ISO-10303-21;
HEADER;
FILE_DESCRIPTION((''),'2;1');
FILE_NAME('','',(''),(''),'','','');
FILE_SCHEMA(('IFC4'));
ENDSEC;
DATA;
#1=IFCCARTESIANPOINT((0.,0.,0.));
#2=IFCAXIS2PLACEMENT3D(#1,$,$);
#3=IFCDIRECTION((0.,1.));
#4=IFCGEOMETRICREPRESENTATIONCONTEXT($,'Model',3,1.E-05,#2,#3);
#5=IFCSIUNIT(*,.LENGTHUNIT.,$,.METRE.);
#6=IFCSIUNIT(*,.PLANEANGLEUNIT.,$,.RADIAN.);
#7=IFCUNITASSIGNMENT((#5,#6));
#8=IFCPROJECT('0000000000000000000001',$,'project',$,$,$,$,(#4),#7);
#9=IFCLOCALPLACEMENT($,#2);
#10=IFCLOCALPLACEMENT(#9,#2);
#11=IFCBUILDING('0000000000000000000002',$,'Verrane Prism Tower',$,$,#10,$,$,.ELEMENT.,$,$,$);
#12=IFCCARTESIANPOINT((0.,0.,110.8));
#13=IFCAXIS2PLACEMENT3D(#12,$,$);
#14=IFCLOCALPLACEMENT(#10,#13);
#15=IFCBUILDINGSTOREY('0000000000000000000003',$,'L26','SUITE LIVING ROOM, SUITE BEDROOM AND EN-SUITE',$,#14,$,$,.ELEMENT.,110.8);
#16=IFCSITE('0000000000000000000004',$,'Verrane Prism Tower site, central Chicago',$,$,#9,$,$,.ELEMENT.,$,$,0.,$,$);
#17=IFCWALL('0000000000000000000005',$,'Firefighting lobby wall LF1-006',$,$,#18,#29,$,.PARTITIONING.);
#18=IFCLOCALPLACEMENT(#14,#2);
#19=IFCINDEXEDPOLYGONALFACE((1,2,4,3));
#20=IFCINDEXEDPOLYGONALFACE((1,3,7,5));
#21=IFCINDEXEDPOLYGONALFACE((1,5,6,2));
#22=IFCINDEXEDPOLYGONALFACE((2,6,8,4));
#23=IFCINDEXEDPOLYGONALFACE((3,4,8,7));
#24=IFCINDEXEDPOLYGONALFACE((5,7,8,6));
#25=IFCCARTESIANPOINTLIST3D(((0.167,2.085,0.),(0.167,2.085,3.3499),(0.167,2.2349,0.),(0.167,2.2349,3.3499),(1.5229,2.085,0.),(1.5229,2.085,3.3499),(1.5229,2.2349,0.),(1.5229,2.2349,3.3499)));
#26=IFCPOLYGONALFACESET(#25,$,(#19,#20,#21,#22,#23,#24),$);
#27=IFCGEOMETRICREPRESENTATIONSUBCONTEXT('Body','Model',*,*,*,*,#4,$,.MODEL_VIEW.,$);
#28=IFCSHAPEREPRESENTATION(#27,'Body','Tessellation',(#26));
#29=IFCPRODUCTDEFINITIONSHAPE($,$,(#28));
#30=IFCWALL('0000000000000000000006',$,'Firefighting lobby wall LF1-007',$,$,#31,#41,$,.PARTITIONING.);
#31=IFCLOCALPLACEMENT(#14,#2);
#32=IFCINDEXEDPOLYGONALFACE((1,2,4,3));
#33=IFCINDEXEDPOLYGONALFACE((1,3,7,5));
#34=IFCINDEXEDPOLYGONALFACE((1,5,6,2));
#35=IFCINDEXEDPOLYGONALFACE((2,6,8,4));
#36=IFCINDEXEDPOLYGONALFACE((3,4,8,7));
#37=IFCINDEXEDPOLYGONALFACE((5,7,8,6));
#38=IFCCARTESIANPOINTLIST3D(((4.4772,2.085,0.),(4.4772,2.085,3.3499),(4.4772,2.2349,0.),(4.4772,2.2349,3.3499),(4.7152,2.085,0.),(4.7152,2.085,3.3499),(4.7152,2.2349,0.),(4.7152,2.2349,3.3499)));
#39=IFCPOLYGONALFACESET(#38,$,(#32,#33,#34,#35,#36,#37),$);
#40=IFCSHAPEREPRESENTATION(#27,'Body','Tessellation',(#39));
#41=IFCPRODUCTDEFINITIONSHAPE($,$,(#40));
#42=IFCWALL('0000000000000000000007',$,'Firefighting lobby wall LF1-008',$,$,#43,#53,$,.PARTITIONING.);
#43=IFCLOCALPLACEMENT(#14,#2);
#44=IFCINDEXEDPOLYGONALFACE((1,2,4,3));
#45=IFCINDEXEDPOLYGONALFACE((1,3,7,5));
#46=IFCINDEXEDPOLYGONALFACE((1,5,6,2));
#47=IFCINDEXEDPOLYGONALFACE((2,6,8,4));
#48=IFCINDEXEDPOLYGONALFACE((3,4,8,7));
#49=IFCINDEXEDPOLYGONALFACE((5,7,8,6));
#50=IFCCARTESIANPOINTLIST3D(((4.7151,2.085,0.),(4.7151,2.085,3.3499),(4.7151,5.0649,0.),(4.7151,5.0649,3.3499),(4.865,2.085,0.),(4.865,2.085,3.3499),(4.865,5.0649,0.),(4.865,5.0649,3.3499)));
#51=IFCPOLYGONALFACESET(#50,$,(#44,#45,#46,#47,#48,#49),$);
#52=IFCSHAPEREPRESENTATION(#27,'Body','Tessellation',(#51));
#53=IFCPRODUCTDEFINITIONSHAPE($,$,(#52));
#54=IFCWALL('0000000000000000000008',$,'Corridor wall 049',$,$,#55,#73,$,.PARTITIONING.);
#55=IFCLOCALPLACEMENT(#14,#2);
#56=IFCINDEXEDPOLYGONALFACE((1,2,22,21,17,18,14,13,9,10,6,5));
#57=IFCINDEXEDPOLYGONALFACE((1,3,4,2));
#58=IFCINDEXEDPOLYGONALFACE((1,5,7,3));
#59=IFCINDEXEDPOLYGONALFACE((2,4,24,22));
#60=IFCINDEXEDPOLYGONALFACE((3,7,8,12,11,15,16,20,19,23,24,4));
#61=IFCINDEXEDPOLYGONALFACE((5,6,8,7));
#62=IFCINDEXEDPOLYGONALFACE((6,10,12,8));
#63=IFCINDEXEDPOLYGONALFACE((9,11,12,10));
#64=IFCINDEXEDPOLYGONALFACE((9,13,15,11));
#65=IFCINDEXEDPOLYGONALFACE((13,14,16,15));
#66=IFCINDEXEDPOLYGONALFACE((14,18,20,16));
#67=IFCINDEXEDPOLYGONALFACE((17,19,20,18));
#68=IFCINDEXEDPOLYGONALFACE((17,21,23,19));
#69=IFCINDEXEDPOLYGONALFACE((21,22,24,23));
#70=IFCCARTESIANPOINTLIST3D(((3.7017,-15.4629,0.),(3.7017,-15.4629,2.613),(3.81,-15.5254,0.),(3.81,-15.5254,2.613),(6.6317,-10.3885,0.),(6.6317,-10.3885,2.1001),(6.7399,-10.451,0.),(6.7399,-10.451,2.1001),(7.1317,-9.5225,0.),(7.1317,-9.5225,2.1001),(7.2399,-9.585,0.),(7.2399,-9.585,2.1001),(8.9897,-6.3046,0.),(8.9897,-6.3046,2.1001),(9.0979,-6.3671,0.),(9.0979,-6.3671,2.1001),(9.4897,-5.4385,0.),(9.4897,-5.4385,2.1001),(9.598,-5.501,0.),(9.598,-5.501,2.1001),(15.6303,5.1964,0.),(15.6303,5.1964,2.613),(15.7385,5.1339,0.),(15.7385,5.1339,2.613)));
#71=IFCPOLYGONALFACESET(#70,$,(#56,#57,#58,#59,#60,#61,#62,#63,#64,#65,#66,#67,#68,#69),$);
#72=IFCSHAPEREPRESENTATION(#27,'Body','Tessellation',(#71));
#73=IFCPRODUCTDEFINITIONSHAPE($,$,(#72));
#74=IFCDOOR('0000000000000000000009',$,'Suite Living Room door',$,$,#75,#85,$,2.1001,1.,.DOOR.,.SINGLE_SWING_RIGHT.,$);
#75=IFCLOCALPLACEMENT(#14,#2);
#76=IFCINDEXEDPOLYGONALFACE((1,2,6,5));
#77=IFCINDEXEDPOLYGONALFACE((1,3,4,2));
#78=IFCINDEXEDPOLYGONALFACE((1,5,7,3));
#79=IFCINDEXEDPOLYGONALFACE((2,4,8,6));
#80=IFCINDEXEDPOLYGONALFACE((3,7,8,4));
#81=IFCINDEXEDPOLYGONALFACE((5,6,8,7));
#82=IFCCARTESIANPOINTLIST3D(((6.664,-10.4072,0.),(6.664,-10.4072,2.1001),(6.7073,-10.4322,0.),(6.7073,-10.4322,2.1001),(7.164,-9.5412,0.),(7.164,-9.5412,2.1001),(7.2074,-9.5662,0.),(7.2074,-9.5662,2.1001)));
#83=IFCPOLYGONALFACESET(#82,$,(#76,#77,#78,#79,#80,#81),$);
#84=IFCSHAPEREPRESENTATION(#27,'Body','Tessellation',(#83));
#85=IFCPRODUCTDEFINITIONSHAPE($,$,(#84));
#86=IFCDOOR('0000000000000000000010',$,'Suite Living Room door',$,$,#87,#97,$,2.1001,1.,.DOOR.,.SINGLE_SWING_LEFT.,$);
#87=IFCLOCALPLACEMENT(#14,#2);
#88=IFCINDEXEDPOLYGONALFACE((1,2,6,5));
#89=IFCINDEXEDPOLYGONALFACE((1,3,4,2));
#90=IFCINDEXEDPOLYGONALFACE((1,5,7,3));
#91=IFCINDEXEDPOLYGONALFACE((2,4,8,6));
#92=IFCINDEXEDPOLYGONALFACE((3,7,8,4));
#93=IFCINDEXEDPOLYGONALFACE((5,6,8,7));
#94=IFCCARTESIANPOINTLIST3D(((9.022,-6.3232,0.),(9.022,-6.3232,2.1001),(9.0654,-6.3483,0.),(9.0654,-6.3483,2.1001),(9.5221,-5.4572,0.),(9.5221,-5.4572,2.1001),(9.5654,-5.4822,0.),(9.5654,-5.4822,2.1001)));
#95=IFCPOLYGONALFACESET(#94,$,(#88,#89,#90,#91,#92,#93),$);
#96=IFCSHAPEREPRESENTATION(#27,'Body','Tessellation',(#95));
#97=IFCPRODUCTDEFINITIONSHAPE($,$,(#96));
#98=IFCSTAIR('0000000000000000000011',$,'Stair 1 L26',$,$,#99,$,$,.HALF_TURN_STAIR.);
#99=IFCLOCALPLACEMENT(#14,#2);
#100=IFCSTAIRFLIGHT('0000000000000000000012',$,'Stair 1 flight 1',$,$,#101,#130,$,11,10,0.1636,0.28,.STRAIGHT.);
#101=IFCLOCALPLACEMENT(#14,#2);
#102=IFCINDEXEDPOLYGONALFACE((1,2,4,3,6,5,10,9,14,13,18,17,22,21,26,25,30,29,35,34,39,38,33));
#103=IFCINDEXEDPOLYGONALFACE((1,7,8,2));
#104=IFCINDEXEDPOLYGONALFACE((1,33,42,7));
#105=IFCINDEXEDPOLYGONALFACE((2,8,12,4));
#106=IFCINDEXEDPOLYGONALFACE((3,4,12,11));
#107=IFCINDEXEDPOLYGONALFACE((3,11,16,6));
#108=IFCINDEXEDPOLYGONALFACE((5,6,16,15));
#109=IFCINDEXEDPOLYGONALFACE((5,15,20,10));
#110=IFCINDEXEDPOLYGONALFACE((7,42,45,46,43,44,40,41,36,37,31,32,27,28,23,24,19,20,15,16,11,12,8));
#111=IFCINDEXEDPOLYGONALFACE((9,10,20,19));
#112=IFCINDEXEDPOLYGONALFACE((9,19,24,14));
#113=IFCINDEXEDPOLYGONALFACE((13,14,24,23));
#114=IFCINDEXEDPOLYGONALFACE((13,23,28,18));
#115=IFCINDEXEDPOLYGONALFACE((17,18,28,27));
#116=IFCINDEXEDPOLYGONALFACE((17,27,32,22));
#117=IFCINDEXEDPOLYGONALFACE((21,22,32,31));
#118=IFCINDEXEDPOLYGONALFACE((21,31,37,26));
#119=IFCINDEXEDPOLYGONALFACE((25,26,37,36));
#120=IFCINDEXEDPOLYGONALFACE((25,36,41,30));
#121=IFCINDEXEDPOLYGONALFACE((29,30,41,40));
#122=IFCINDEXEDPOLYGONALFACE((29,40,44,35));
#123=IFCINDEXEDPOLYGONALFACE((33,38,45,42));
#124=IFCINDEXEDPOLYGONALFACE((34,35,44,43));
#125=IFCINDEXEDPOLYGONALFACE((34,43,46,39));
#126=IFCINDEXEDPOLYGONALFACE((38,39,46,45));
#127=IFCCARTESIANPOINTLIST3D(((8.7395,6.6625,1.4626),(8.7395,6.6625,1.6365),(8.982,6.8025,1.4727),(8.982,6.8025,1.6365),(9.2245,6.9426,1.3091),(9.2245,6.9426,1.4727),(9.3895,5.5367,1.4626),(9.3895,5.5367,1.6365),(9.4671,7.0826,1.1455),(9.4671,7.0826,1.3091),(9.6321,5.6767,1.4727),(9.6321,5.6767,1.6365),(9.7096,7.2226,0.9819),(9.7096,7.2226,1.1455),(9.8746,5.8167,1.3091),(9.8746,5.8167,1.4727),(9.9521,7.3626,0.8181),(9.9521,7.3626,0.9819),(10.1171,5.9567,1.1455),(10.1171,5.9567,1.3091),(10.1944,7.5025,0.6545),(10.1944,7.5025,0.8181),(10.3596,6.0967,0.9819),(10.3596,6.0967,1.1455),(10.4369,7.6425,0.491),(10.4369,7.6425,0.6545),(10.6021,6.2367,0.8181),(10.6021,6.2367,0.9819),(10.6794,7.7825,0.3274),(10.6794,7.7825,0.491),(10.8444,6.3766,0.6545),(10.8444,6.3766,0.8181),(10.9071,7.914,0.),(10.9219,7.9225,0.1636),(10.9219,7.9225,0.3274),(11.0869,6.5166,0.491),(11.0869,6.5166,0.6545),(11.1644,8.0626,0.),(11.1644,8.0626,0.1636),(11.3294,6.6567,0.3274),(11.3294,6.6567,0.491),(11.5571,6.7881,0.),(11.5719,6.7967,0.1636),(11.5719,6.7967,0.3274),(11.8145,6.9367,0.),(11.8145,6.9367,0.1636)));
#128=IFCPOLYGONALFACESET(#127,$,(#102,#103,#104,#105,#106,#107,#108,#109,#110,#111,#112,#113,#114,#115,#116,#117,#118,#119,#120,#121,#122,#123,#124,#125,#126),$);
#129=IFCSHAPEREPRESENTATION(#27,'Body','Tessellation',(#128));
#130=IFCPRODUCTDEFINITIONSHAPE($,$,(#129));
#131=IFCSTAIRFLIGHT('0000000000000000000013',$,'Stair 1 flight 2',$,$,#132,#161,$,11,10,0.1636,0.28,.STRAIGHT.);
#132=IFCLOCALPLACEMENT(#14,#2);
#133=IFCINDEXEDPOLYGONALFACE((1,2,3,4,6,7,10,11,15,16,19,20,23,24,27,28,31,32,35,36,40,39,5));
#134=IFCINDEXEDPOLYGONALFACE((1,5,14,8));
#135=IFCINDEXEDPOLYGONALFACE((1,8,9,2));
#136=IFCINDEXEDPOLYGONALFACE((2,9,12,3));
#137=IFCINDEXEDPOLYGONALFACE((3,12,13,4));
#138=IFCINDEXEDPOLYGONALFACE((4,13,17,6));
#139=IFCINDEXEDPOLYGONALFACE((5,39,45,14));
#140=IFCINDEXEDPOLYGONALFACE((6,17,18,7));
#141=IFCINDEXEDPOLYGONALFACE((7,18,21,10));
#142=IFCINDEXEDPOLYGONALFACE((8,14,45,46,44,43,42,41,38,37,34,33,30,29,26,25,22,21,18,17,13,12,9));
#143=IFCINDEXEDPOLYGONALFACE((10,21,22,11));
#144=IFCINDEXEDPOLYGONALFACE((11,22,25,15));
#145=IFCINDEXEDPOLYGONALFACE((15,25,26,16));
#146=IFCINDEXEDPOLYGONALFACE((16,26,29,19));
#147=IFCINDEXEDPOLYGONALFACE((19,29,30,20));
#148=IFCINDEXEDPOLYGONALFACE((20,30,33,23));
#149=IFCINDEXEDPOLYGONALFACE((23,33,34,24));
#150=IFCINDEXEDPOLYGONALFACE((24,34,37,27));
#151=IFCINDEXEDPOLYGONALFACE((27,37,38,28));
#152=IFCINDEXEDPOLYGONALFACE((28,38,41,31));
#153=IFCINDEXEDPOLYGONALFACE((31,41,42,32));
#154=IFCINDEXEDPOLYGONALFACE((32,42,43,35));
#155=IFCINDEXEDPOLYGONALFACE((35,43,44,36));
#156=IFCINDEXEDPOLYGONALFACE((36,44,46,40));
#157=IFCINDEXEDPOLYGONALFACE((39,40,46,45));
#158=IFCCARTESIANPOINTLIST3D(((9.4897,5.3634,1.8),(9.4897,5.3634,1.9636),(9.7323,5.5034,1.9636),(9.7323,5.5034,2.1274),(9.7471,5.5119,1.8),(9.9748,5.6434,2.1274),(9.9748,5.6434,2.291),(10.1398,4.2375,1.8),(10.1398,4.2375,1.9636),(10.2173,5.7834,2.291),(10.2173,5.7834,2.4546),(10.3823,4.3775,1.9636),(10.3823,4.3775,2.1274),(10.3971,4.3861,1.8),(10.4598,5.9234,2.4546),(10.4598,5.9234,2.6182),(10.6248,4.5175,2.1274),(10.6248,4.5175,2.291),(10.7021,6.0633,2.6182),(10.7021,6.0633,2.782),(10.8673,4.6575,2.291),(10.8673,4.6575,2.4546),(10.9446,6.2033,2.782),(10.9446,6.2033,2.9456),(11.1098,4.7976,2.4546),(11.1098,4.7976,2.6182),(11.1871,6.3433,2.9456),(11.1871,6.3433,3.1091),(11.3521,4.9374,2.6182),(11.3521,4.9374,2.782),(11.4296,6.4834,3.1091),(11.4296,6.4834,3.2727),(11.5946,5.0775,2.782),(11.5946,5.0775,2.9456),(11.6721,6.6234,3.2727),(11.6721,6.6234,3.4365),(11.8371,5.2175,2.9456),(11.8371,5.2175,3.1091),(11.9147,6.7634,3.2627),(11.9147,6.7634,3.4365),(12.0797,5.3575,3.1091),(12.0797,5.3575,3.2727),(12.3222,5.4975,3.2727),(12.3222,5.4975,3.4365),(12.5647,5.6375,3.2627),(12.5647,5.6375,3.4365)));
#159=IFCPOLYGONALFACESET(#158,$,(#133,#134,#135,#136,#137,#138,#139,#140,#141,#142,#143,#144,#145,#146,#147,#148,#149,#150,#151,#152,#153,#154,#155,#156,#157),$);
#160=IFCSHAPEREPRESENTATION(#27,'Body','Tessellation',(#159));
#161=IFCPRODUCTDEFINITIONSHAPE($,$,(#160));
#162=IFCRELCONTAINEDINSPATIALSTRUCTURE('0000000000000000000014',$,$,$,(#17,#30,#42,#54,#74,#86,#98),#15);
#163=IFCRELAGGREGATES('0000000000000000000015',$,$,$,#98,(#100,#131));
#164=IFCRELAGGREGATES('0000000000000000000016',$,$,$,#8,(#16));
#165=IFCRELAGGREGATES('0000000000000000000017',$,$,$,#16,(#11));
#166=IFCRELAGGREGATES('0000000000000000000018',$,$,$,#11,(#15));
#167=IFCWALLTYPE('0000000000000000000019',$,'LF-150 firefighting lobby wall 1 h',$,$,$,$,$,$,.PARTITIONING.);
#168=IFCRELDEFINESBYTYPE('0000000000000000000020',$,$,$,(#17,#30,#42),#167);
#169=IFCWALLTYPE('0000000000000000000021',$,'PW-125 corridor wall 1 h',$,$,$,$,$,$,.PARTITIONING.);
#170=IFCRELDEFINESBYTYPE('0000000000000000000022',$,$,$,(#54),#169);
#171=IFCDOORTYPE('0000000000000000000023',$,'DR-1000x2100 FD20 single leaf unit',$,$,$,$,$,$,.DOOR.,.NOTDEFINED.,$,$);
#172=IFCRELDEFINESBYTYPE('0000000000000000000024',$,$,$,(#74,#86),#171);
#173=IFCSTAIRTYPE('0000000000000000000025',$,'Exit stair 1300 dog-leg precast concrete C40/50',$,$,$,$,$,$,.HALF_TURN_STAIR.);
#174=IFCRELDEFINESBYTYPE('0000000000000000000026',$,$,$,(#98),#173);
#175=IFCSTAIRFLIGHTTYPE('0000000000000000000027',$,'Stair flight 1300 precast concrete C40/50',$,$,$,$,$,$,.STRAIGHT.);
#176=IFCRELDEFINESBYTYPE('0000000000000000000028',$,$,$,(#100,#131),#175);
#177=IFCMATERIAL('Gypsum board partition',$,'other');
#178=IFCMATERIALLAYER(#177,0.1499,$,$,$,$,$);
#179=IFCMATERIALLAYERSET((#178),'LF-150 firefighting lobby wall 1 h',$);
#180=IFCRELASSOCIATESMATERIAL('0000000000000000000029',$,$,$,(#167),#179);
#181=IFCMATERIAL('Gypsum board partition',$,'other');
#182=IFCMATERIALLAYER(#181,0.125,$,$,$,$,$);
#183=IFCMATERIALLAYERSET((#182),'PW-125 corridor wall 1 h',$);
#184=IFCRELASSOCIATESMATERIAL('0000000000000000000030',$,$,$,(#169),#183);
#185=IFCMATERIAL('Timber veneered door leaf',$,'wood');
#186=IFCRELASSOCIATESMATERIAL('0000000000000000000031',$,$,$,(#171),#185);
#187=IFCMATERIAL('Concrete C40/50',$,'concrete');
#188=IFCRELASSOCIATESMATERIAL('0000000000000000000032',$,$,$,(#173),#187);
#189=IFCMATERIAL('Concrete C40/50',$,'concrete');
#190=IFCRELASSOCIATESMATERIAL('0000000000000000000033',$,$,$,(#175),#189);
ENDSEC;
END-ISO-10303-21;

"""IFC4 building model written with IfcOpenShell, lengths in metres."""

from ifc_helpers import new_model, si_unit, direction, frame, frame_2d, origin, place, context, subcontext, project, spatial, polyline, rectangle, outline, extrude, material, layer, layer_set, type_object, element, fill, aggregate, save


model = new_model("IFC4")

# Units and contexts
model_context = context("Model", 3, precision=1e-05, world=origin(), true_north=direction((0.0, 1.0)))
body_context = subcontext(model_context, "Body", "Model", "MODEL_VIEW")
ifc_project = project(units=[si_unit("LENGTHUNIT", "METRE"), si_unit("PLANEANGLEUNIT", "RADIAN")], contexts=[model_context])

# Site, building, storey
site_placement = place(None, origin())
site = spatial("IfcSite", under=ifc_project, at=site_placement, Name="Verrane Prism Tower site, central Chicago", CompositionType="ELEMENT", RefElevation=0.0)
building_placement = place(site_placement, origin())
building = spatial("IfcBuilding", under=site, at=building_placement, Name="Verrane Prism Tower", CompositionType="ELEMENT")
storey_placement = place(building_placement, frame((0.0, 0.0, 110.8)))
storey = spatial("IfcBuildingStorey", under=building, at=storey_placement, Name="L26", Description="SUITE LIVING ROOM, SUITE BEDROOM AND EN-SUITE", CompositionType="ELEMENT", Elevation=110.8)

# Walls
ifc_material_1 = material(Name="Gypsum board partition", Category="other")
ifc_layer_1 = layer(ifc_material_1, 0.1499)
ifc_layer_set_1 = layer_set([ifc_layer_1], Name="LF-150 firefighting lobby wall 1 h")
wall_type_1 = type_object("IfcWallType", Name="LF-150 firefighting lobby wall 1 h", PredefinedType="PARTITIONING", material=ifc_layer_set_1)
wall_1_placement = place(storey_placement, frame((0.167, 2.1599, 0.0), z_axis=(0.0, 0.0, 1.0), x_axis=(1.0, 0.0, 0.0)))
element("IfcWall", 1, at=wall_1_placement, inside=storey, type_object=wall_type_1, Name="Firefighting lobby wall LF1-006", PredefinedType="PARTITIONING", context=body_context, shape_type="SweptSolid", body=[
    extrude(rectangle(XDim=1.356, YDim=0.1499, at=frame_2d((0.678, 0.0))), origin(), (0.0, 0.0, 1.0), 3.3499),
])
wall_2_placement = place(storey_placement, frame((4.4771, 2.1599, 0.0), z_axis=(0.0, 0.0, 1.0), x_axis=(1.0, 0.0, 0.0)))
element("IfcWall", 2, at=wall_2_placement, inside=storey, type_object=wall_type_1, Name="Firefighting lobby wall LF1-007", PredefinedType="PARTITIONING", context=body_context, shape_type="SweptSolid", body=[
    extrude(rectangle(XDim=0.238, YDim=0.1499, at=frame_2d((0.1191, 0.0))), origin(), (0.0, 0.0, 1.0), 3.3499),
])
wall_3_placement = place(storey_placement, frame((4.79, 2.085, 0.0), z_axis=(0.0, 0.0, 1.0), x_axis=(0.0, 1.0, 0.0)))
element("IfcWall", 3, at=wall_3_placement, inside=storey, type_object=wall_type_1, Name="Firefighting lobby wall LF1-008", PredefinedType="PARTITIONING", context=body_context, shape_type="SweptSolid", body=[
    extrude(rectangle(XDim=2.98, YDim=0.1499, at=frame_2d((1.49, 0.0))), origin(), (0.0, 0.0, 1.0), 3.3499),
])

# Wall, openings, doors
ifc_material_2 = material(Name="Gypsum board partition", Category="other")
ifc_layer_2 = layer(ifc_material_2, 0.125)
ifc_layer_set_2 = layer_set([ifc_layer_2], Name="PW-125 corridor wall 1 h")
wall_type_2 = type_object("IfcWallType", Name="PW-125 corridor wall 1 h", PredefinedType="PARTITIONING", material=ifc_layer_set_2)
wall_4_placement = place(storey_placement, frame((15.6843, 5.165, 0.0), z_axis=(0.0, 0.0, 1.0), x_axis=(-0.500028, -0.866009, 0.0)))
wall_4 = element("IfcWall", 4, at=wall_4_placement, inside=storey, type_object=wall_type_2, Name="Corridor wall 049", PredefinedType="PARTITIONING", context=body_context, shape_type="SweptSolid", body=[
    extrude(rectangle(XDim=23.8557, YDim=0.125, at=frame_2d((11.9277, 0.0))), origin(), (0.0, 0.0, 1.0), 2.613),
])
opening_1_placement = place(wall_4_placement, frame((16.9961, 0.0, 0.0)))
opening_1 = element("IfcOpeningElement", 5, at=opening_1_placement, cuts=wall_4, PredefinedType="OPENING", context=body_context, shape_type="SweptSolid", body=[
    extrude(rectangle(XDim=1.0, YDim=2.1001, at=frame_2d((0.5, 1.05))), frame((0.0, 0.0725, 0.0), z_axis=(0.0, -1.0, 0.0), x_axis=(1.0, 0.0, 0.0)), (0.0, 0.0, 1.0), 0.145),
])
opening_2_placement = place(wall_4_placement, frame((12.2803, 0.0, 0.0)))
opening_2 = element("IfcOpeningElement", 6, at=opening_2_placement, cuts=wall_4, PredefinedType="OPENING", context=body_context, shape_type="SweptSolid", body=[
    extrude(rectangle(XDim=1.0, YDim=2.1001, at=frame_2d((0.5, 1.05))), frame((0.0, 0.0725, 0.0), z_axis=(0.0, -1.0, 0.0), x_axis=(1.0, 0.0, 0.0)), (0.0, 0.0, 1.0), 0.145),
])
ifc_material_3 = material(Name="Timber veneered door leaf", Category="wood")
door_type_1 = type_object("IfcDoorType", Name="DR-1000x2100 FD20 single leaf unit", OperationType="NOTDEFINED", PredefinedType="DOOR", material=ifc_material_3)
door_1_placement = place(opening_1_placement, origin())
door_1 = element("IfcDoor", 7, at=door_1_placement, inside=storey, type_object=door_type_1, Name="Suite Living Room door", OperationType="SINGLE_SWING_RIGHT", OverallHeight=2.1001, OverallWidth=1.0, PredefinedType="DOOR", context=body_context, shape_type="SweptSolid", body=[
    extrude(rectangle(XDim=1.0, YDim=2.1001, at=frame_2d((0.5, 1.05))), frame((0.0, 0.0249, 0.0), z_axis=(0.0, -1.0, 0.0), x_axis=(1.0, 0.0, 0.0)), (0.0, 0.0, 1.0), 0.05),
])
fill(opening_1, door_1)
door_2_placement = place(opening_2_placement, origin())
door_2 = element("IfcDoor", 8, at=door_2_placement, inside=storey, type_object=door_type_1, Name="Suite Living Room door", OperationType="SINGLE_SWING_LEFT", OverallHeight=2.1001, OverallWidth=1.0, PredefinedType="DOOR", context=body_context, shape_type="SweptSolid", body=[
    extrude(rectangle(XDim=1.0, YDim=2.1001, at=frame_2d((0.5, 1.05))), frame((0.0, 0.0249, 0.0), z_axis=(0.0, -1.0, 0.0), x_axis=(1.0, 0.0, 0.0)), (0.0, 0.0, 1.0), 0.05),
])
fill(opening_2, door_2)

# Stair, stair flights
ifc_material_4 = material(Name="Concrete C40/50", Category="concrete")
stair_type = type_object("IfcStairType", Name="Exit stair 1300 dog-leg precast concrete C40/50", PredefinedType="HALF_TURN_STAIR", material=ifc_material_4)
stair_placement = place(storey_placement, origin())
stair = element("IfcStair", 9, at=stair_placement, inside=storey, type_object=stair_type, Name="Stair 1 L26", PredefinedType="HALF_TURN_STAIR")
ifc_material_5 = material(Name="Concrete C40/50", Category="concrete")
stair_flight_type = type_object("IfcStairFlightType", Name="Stair flight 1300 precast concrete C40/50", PredefinedType="STRAIGHT", material=ifc_material_5)
stair_flight_1_placement = place(storey_placement, frame((11.4895, 7.4995, 0.0), z_axis=(0.0, 0.0, 1.0), x_axis=(-0.866025, -0.5, 0.0)))
stair_flight_1 = element("IfcStairFlight", 10, at=stair_flight_1_placement, type_object=stair_flight_type, Name="Stair 1 flight 1", NumberOfRisers=11, NumberOfTreads=10, PredefinedType="STRAIGHT", RiserHeight=0.1636, TreadLength=0.28, context=body_context, shape_type="SweptSolid", body=[
    extrude(outline(polyline([(0.0, 0.0), (0.0, 0.1636), (0.28, 0.1636), (0.28, 0.3274), (0.5601, 0.3274), (0.5601, 0.491), (0.8401, 0.491), (0.8401, 0.6545), (1.1201, 0.6545), (1.1201, 0.8181), (1.3999, 0.8181), (1.3999, 0.9819), (1.6799, 0.9819), (1.6799, 1.1455), (1.96, 1.1455), (1.96, 1.3091), (2.24, 1.3091), (2.24, 1.4727), (2.52, 1.4727), (2.52, 1.6365), (2.8, 1.6365), (2.8, 1.8), (2.8, 1.4626), (0.2971, 0.0), (0.0, 0.0)])), frame((0.0, 0.6499, 0.0), z_axis=(0.0, -1.0, 0.0), x_axis=(1.0, 0.0, 0.0)), (0.0, 0.0, 1.0), 1.3),
])
stair_flight_2_placement = place(storey_placement, frame((9.8147, 4.8005, 1.8), z_axis=(0.0, 0.0, 1.0), x_axis=(0.866025, 0.5, 0.0)))
stair_flight_2 = element("IfcStairFlight", 11, at=stair_flight_2_placement, type_object=stair_flight_type, Name="Stair 1 flight 2", NumberOfRisers=11, NumberOfTreads=10, PredefinedType="STRAIGHT", RiserHeight=0.1636, TreadLength=0.28, context=body_context, shape_type="SweptSolid", body=[
    extrude(outline(polyline([(0.0, 0.0), (0.0, 0.1636), (0.28, 0.1636), (0.28, 0.3274), (0.5601, 0.3274), (0.5601, 0.491), (0.8401, 0.491), (0.8401, 0.6545), (1.1201, 0.6545), (1.1201, 0.8181), (1.3999, 0.8181), (1.3999, 0.9819), (1.6799, 0.9819), (1.6799, 1.1455), (1.96, 1.1455), (1.96, 1.3091), (2.24, 1.3091), (2.24, 1.4727), (2.52, 1.4727), (2.52, 1.6365), (2.8, 1.6365), (2.8, 1.8), (2.8, 1.4626), (0.2971, 0.0), (0.0, 0.0)])), frame((0.0, 0.6499, 0.0), z_axis=(0.0, -1.0, 0.0), x_axis=(1.0, 0.0, 0.0)), (0.0, 0.0, 1.0), 1.3),
])
aggregate(stair, [stair_flight_1, stair_flight_2])

save(model, "model.ifc")
